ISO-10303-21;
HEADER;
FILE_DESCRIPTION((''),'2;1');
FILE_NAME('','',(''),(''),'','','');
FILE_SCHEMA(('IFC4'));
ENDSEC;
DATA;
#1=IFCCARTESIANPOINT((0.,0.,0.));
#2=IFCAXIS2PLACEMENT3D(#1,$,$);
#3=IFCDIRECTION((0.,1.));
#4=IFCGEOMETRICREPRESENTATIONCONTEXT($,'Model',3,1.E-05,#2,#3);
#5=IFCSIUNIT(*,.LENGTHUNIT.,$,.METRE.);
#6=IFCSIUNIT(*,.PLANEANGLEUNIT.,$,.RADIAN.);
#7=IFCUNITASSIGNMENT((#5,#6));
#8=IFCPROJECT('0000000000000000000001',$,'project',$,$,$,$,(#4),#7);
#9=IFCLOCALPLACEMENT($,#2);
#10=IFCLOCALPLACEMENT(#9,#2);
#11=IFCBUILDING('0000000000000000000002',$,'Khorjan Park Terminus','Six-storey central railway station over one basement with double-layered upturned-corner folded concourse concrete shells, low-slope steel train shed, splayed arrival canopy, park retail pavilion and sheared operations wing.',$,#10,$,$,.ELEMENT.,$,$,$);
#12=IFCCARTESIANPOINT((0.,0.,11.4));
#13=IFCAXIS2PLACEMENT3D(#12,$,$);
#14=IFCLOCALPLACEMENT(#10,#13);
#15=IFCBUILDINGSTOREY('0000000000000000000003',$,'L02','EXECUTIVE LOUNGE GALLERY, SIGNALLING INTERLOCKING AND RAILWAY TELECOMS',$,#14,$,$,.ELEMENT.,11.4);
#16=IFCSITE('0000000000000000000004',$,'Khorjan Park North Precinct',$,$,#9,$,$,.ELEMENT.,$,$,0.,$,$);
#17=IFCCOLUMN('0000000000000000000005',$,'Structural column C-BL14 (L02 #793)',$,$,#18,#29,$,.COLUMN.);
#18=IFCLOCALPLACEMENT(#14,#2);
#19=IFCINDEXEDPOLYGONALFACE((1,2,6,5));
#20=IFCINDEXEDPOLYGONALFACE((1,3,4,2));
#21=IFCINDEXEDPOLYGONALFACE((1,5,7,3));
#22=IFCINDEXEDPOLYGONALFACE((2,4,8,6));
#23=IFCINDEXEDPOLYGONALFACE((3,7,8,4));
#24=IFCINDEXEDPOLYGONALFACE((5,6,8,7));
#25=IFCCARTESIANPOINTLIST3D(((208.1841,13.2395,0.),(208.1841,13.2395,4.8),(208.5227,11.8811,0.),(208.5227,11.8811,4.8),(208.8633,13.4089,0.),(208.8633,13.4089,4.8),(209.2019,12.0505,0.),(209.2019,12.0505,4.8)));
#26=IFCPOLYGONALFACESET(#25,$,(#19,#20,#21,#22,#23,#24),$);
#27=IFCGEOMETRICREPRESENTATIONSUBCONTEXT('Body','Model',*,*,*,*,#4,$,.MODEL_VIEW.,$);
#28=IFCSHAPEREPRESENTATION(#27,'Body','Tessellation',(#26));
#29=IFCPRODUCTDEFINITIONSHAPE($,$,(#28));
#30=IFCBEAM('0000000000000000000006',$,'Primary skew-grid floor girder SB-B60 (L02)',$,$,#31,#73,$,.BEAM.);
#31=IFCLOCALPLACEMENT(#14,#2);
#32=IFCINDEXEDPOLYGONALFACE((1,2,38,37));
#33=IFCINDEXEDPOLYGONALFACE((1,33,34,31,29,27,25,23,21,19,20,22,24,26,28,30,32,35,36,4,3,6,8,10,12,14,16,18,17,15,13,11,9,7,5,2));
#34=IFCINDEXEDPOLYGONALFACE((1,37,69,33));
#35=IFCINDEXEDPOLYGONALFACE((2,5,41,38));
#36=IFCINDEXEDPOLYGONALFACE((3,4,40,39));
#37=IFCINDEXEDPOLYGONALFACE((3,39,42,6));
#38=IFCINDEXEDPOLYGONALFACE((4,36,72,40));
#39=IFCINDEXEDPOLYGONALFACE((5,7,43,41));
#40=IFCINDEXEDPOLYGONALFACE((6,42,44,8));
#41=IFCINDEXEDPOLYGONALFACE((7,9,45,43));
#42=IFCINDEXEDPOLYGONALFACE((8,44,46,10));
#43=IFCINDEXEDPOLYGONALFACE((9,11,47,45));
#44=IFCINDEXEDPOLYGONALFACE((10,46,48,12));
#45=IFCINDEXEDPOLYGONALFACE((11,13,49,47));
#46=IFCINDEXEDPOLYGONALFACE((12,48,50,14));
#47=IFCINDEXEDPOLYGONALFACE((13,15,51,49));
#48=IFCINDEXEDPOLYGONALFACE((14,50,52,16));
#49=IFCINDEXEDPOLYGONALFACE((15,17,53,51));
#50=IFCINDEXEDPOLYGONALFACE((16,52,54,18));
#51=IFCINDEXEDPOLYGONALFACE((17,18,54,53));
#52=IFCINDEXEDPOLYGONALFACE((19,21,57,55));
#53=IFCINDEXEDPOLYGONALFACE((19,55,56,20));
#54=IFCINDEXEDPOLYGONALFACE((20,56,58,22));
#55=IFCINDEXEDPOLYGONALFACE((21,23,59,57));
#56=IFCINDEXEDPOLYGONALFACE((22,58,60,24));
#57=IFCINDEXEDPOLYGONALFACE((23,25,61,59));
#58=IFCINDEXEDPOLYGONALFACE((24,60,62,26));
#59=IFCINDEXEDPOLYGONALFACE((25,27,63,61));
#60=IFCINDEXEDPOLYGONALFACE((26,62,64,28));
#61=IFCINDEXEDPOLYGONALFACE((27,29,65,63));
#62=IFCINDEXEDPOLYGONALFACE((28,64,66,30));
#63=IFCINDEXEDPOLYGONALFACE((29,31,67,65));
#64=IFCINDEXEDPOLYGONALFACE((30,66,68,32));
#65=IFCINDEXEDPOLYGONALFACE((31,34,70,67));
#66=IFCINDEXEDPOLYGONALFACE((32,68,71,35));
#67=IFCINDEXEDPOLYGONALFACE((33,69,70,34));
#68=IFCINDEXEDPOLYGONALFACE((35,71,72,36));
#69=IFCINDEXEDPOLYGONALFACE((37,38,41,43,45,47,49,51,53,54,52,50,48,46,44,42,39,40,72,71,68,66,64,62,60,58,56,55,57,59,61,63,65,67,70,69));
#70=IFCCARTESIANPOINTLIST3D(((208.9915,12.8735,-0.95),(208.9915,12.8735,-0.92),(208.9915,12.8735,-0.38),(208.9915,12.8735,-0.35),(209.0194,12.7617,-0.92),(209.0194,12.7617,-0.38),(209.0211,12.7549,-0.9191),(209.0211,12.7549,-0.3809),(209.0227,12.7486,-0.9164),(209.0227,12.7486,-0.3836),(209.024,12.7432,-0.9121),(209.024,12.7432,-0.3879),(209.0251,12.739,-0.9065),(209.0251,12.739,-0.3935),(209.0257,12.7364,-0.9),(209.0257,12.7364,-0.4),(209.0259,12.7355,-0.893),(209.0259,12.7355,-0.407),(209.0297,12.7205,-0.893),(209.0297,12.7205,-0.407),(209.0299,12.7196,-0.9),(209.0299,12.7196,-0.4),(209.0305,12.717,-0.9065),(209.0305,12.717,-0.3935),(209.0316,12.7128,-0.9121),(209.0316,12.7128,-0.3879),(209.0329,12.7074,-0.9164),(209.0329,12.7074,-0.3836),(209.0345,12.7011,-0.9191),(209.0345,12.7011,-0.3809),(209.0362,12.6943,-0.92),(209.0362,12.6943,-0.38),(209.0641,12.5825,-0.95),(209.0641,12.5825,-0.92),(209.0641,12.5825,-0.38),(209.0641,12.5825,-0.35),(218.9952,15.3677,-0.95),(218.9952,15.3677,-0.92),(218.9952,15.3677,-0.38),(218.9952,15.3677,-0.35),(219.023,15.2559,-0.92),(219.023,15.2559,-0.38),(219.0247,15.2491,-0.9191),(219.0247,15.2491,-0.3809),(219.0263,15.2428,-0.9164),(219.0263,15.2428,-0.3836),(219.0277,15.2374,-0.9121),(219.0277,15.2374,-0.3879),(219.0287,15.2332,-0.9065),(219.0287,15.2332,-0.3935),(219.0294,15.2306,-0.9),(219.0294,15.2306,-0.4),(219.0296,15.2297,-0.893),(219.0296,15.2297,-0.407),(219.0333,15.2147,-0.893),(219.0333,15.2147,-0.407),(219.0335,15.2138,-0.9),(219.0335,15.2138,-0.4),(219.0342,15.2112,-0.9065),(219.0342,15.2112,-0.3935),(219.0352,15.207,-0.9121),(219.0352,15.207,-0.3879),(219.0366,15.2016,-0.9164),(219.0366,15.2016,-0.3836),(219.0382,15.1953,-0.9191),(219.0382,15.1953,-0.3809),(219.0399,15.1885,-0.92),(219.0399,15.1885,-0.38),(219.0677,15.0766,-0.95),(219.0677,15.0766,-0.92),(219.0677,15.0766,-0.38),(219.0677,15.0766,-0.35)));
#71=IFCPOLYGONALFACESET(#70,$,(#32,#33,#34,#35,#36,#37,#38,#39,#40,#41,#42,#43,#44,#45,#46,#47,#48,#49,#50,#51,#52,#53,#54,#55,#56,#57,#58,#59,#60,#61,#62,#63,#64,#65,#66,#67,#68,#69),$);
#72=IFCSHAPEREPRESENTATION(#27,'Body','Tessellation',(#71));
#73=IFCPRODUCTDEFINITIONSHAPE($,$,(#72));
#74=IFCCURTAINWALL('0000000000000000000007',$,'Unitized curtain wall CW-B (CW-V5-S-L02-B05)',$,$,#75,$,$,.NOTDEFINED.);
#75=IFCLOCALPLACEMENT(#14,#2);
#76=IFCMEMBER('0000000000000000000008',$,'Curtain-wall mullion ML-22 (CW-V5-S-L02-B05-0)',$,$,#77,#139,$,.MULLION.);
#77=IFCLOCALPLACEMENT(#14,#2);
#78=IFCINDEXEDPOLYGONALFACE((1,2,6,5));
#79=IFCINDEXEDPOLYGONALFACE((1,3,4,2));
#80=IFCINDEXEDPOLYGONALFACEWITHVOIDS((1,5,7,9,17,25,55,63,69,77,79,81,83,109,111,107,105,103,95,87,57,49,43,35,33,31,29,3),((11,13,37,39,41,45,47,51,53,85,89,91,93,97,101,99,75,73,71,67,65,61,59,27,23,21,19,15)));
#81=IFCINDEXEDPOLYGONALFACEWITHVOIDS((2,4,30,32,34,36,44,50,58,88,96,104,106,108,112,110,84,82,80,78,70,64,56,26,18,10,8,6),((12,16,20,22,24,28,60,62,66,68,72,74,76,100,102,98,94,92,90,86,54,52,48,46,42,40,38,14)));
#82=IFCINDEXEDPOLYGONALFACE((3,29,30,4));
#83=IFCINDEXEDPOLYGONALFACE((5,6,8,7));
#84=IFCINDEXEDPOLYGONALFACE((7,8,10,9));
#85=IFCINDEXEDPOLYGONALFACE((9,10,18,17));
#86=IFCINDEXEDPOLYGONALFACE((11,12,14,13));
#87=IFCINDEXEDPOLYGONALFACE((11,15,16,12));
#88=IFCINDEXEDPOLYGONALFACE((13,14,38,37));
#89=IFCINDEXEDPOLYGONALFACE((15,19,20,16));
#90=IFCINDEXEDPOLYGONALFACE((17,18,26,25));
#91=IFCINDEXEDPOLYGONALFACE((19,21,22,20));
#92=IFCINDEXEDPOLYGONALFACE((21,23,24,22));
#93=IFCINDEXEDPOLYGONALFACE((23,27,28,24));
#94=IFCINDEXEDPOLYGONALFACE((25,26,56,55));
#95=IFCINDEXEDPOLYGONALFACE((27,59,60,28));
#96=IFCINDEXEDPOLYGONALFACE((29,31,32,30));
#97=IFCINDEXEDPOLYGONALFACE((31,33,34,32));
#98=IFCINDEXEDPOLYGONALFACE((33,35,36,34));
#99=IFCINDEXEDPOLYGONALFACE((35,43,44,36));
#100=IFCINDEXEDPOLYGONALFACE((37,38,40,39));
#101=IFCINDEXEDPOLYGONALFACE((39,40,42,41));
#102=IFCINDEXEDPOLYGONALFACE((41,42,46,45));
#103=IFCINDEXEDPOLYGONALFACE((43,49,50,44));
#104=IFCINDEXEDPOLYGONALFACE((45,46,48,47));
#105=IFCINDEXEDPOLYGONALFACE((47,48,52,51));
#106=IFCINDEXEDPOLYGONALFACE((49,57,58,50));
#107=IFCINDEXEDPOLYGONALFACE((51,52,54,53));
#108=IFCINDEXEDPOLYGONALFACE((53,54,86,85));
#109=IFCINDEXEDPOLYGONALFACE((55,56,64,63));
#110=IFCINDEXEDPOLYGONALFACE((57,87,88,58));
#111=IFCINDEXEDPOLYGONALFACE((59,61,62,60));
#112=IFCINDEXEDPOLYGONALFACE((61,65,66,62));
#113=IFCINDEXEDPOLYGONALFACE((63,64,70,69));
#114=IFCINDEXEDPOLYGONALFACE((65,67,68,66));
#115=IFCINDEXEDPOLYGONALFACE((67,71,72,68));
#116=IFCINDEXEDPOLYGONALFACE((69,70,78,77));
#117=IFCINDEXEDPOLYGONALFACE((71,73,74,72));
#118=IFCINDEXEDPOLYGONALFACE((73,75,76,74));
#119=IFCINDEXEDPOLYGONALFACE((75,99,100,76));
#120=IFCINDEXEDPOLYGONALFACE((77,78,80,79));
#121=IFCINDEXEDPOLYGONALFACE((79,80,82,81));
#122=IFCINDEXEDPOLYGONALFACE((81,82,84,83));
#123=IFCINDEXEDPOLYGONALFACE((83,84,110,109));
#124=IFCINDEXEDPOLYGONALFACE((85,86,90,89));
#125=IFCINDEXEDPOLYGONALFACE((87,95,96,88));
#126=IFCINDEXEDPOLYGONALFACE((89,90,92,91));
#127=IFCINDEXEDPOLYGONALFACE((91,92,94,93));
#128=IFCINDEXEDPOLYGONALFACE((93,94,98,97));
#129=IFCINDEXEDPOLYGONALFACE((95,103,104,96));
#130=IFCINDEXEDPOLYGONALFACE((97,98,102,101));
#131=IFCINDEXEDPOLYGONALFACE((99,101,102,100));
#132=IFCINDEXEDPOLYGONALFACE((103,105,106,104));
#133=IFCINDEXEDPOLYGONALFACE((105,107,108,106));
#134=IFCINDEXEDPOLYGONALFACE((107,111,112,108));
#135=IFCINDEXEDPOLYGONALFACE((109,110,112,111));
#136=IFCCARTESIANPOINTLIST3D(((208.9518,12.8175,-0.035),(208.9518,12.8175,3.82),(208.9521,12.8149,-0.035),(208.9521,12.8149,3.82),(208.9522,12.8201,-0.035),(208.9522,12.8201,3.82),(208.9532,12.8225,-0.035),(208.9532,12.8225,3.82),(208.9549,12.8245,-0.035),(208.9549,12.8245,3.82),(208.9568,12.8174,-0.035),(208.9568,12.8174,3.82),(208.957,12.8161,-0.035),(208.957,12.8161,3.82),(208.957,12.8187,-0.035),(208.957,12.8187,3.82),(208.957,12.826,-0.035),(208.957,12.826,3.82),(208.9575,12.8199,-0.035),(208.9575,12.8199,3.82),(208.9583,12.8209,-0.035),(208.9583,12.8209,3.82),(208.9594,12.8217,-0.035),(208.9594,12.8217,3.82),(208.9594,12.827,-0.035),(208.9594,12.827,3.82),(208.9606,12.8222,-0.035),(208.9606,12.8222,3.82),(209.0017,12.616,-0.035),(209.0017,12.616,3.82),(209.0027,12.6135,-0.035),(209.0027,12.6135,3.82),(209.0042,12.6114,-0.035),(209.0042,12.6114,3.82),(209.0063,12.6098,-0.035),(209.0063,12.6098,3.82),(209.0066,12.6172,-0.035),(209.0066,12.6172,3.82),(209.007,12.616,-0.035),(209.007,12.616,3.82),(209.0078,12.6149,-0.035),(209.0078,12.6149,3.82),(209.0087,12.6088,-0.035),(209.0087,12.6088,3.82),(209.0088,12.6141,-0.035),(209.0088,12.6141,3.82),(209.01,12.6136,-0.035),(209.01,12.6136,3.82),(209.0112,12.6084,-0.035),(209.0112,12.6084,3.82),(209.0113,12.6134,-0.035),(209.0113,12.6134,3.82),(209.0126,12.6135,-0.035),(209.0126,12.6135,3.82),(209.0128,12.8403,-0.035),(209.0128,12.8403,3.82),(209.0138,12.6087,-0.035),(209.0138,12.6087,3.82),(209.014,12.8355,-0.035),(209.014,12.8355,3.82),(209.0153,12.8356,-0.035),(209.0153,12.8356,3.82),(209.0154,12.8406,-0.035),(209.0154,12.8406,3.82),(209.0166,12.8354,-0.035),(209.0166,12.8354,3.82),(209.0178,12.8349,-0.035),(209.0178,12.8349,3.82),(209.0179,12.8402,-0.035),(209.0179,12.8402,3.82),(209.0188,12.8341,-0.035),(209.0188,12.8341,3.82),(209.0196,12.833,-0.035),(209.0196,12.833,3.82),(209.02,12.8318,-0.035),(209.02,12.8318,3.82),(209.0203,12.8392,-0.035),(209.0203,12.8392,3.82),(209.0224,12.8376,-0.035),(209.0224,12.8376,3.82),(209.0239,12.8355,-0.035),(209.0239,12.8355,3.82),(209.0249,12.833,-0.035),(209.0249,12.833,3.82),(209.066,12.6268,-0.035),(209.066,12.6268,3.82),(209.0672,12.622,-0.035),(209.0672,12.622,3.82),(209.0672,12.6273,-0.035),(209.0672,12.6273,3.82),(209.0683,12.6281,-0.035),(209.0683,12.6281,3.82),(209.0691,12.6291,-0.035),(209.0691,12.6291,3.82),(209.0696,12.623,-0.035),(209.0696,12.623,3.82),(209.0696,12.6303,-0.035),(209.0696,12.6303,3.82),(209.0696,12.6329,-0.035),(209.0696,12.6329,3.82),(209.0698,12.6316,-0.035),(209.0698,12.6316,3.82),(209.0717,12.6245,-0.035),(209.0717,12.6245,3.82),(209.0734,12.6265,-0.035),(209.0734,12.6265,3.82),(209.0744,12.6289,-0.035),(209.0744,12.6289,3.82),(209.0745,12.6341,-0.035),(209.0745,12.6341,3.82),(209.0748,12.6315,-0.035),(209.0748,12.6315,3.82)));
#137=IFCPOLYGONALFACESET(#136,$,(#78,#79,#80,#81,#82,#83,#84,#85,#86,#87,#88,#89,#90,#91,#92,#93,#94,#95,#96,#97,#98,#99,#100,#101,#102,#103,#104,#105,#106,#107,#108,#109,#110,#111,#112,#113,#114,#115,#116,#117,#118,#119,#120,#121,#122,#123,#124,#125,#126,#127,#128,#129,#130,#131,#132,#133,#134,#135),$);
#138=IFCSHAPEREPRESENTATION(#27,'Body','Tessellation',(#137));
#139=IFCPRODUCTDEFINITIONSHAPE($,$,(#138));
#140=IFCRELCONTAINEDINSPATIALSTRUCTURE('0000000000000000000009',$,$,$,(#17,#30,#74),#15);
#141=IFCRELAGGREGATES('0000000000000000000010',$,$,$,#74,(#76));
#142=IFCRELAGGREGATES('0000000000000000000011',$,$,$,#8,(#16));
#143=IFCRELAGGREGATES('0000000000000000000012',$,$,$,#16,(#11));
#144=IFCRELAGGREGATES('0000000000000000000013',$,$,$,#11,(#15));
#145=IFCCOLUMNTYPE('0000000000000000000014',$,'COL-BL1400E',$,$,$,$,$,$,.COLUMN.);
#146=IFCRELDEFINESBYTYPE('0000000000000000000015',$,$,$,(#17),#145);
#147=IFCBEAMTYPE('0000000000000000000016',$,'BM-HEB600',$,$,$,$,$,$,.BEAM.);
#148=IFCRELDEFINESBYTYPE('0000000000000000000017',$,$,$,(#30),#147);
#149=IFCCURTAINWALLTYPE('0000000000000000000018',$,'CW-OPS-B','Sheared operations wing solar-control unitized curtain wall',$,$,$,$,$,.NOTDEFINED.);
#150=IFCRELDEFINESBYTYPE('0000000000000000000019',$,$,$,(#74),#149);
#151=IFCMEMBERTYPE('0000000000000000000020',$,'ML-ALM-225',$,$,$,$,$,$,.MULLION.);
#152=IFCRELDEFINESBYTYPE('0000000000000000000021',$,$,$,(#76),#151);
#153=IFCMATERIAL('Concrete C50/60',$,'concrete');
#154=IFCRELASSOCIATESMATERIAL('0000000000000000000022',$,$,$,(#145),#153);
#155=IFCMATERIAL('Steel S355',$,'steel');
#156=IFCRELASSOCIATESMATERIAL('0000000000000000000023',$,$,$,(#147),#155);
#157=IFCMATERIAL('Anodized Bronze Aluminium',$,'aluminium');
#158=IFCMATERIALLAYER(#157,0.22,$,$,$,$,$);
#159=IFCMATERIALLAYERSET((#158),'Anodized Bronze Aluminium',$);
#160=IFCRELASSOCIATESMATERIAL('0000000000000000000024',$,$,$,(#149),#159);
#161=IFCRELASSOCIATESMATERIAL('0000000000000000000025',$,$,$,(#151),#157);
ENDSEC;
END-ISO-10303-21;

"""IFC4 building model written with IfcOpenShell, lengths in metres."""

from ifc_helpers import new_model, si_unit, direction, frame, origin, origin_2d, place, context, subcontext, project, spatial, rectangle, hollow_rectangle, i_section, extrude, material, layer, layer_set, material_profile, profile_set, type_object, element, aggregate, save


model = new_model("IFC4")

# Units and contexts
model_context = context("Model", 3, precision=1e-05, world=origin(), true_north=direction((0.0, 1.0)))
body_context = subcontext(model_context, "Body", "Model", "MODEL_VIEW")
ifc_project = project(units=[si_unit("LENGTHUNIT", "METRE"), si_unit("PLANEANGLEUNIT", "RADIAN")], contexts=[model_context])

# Site, building, storey
site_placement = place(None, origin())
site = spatial("IfcSite", under=ifc_project, at=site_placement, Name="Khorjan Park North Precinct", CompositionType="ELEMENT", RefElevation=0.0)
building_placement = place(site_placement, origin())
building = spatial("IfcBuilding", under=site, at=building_placement, Name="Khorjan Park Terminus", Description="Six-storey central railway station over one basement with double-layered upturned-corner folded concourse concrete shells, low-slope steel train shed, splayed arrival canopy, park retail pavilion and sheared operations wing.", CompositionType="ELEMENT")
storey_placement = place(building_placement, frame((0.0, 0.0, 11.4)))
storey = spatial("IfcBuildingStorey", under=building, at=storey_placement, Name="L02", Description="EXECUTIVE LOUNGE GALLERY, SIGNALLING INTERLOCKING AND RAILWAY TELECOMS", CompositionType="ELEMENT", Elevation=11.4)

# Column
ifc_material_1 = material(Name="Concrete C50/60", Category="concrete")
ifc_material_profile_1 = material_profile(ifc_material_1, rectangle(XDim=0.7, YDim=1.4, at=origin_2d()), Name="RC 700x1400")
ifc_profile_set_1 = profile_set([ifc_material_profile_1], Name="Concrete C50/60")
column_type = type_object("IfcColumnType", Name="COL-BL1400E", PredefinedType="COLUMN", material=ifc_profile_set_1)
column_placement = place(storey_placement, frame((208.693, 12.645, 0.0), z_axis=(0.0, 0.0, 1.0), x_axis=(0.970296, 0.241922, 0.0)))
element("IfcColumn", 1, at=column_placement, inside=storey, type_object=column_type, Name="Structural column C-BL14 (L02 #793)", PredefinedType="COLUMN", context=body_context, shape_type="SweptSolid", body=[
    extrude(rectangle(XDim=0.7, YDim=1.4, at=origin_2d()), origin(), (0.0, 0.0, 1.0), 4.8),
])

# Beam
ifc_material_2 = material(Name="Steel S355", Category="steel")
ifc_material_profile_2 = material_profile(ifc_material_2, i_section(OverallWidth=0.3, OverallDepth=0.6, WebThickness=0.0155, FlangeThickness=0.03, FilletRadius=0.027, at=origin_2d()), Name="HEB 600")
ifc_profile_set_2 = profile_set([ifc_material_profile_2], Name="Steel S355")
beam_type = type_object("IfcBeamType", Name="BM-HEB600", PredefinedType="BEAM", material=ifc_profile_set_2)
beam_placement = place(storey_placement, frame((209.0278, 12.728, -0.65), z_axis=(0.970296, 0.241922, 0.0), x_axis=(-0.241922, 0.970296, 0.0)))
element("IfcBeam", 2, at=beam_placement, inside=storey, type_object=beam_type, Name="Primary skew-grid floor girder SB-B60 (L02)", PredefinedType="BEAM", context=body_context, shape_type="SweptSolid", body=[
    extrude(i_section(OverallWidth=0.3, OverallDepth=0.6, WebThickness=0.0155, FlangeThickness=0.03, FilletRadius=0.027, at=origin_2d()), origin(), (0.0, 0.0, 1.0), 10.3099),
])

# Curtain wall, member
ifc_material_3 = material(Name="Anodized Bronze Aluminium", Category="aluminium")
ifc_layer_1 = layer(ifc_material_3, 0.22)
ifc_layer_set_1 = layer_set([ifc_layer_1], Name="Anodized Bronze Aluminium")
curtain_wall_type = type_object("IfcCurtainWallType", Name="CW-OPS-B", Description="Sheared operations wing solar-control unitized curtain wall", PredefinedType="NOTDEFINED", material=ifc_layer_set_1)
curtain_wall_placement = place(storey_placement, origin())
curtain_wall = element("IfcCurtainWall", 3, at=curtain_wall_placement, inside=storey, type_object=curtain_wall_type, Name="Unitized curtain wall CW-B (CW-V5-S-L02-B05)", PredefinedType="NOTDEFINED")
ifc_material_profile_3 = material_profile(ifc_material_3, hollow_rectangle(XDim=0.075, YDim=0.225, WallThickness=0.005, InnerFilletRadius=0.005, OuterFilletRadius=0.01, at=origin_2d()), Name="ALM 75x225x5")
ifc_profile_set_3 = profile_set([ifc_material_profile_3], Name="Anodized Bronze Aluminium")
member_type_1 = type_object("IfcMemberType", Name="ML-ALM-225", PredefinedType="MULLION", material=ifc_profile_set_3)
member_1_placement = place(storey_placement, frame((209.0133, 12.7245, -0.035), z_axis=(0.0, 0.0, 1.0), x_axis=(0.970298, 0.241912, 0.0)))
member_1 = element("IfcMember", 4, at=member_1_placement, type_object=member_type_1, Name="Curtain-wall mullion ML-22 (CW-V5-S-L02-B05-0)", PredefinedType="MULLION", context=body_context, shape_type="SweptSolid", body=[
    extrude(hollow_rectangle(XDim=0.075, YDim=0.225, WallThickness=0.005, InnerFilletRadius=0.005, OuterFilletRadius=0.01, at=origin_2d()), origin(), (0.0, 0.0, 1.0), 3.855),
])
aggregate(curtain_wall, [member_1])

save(model, "model.ifc")
